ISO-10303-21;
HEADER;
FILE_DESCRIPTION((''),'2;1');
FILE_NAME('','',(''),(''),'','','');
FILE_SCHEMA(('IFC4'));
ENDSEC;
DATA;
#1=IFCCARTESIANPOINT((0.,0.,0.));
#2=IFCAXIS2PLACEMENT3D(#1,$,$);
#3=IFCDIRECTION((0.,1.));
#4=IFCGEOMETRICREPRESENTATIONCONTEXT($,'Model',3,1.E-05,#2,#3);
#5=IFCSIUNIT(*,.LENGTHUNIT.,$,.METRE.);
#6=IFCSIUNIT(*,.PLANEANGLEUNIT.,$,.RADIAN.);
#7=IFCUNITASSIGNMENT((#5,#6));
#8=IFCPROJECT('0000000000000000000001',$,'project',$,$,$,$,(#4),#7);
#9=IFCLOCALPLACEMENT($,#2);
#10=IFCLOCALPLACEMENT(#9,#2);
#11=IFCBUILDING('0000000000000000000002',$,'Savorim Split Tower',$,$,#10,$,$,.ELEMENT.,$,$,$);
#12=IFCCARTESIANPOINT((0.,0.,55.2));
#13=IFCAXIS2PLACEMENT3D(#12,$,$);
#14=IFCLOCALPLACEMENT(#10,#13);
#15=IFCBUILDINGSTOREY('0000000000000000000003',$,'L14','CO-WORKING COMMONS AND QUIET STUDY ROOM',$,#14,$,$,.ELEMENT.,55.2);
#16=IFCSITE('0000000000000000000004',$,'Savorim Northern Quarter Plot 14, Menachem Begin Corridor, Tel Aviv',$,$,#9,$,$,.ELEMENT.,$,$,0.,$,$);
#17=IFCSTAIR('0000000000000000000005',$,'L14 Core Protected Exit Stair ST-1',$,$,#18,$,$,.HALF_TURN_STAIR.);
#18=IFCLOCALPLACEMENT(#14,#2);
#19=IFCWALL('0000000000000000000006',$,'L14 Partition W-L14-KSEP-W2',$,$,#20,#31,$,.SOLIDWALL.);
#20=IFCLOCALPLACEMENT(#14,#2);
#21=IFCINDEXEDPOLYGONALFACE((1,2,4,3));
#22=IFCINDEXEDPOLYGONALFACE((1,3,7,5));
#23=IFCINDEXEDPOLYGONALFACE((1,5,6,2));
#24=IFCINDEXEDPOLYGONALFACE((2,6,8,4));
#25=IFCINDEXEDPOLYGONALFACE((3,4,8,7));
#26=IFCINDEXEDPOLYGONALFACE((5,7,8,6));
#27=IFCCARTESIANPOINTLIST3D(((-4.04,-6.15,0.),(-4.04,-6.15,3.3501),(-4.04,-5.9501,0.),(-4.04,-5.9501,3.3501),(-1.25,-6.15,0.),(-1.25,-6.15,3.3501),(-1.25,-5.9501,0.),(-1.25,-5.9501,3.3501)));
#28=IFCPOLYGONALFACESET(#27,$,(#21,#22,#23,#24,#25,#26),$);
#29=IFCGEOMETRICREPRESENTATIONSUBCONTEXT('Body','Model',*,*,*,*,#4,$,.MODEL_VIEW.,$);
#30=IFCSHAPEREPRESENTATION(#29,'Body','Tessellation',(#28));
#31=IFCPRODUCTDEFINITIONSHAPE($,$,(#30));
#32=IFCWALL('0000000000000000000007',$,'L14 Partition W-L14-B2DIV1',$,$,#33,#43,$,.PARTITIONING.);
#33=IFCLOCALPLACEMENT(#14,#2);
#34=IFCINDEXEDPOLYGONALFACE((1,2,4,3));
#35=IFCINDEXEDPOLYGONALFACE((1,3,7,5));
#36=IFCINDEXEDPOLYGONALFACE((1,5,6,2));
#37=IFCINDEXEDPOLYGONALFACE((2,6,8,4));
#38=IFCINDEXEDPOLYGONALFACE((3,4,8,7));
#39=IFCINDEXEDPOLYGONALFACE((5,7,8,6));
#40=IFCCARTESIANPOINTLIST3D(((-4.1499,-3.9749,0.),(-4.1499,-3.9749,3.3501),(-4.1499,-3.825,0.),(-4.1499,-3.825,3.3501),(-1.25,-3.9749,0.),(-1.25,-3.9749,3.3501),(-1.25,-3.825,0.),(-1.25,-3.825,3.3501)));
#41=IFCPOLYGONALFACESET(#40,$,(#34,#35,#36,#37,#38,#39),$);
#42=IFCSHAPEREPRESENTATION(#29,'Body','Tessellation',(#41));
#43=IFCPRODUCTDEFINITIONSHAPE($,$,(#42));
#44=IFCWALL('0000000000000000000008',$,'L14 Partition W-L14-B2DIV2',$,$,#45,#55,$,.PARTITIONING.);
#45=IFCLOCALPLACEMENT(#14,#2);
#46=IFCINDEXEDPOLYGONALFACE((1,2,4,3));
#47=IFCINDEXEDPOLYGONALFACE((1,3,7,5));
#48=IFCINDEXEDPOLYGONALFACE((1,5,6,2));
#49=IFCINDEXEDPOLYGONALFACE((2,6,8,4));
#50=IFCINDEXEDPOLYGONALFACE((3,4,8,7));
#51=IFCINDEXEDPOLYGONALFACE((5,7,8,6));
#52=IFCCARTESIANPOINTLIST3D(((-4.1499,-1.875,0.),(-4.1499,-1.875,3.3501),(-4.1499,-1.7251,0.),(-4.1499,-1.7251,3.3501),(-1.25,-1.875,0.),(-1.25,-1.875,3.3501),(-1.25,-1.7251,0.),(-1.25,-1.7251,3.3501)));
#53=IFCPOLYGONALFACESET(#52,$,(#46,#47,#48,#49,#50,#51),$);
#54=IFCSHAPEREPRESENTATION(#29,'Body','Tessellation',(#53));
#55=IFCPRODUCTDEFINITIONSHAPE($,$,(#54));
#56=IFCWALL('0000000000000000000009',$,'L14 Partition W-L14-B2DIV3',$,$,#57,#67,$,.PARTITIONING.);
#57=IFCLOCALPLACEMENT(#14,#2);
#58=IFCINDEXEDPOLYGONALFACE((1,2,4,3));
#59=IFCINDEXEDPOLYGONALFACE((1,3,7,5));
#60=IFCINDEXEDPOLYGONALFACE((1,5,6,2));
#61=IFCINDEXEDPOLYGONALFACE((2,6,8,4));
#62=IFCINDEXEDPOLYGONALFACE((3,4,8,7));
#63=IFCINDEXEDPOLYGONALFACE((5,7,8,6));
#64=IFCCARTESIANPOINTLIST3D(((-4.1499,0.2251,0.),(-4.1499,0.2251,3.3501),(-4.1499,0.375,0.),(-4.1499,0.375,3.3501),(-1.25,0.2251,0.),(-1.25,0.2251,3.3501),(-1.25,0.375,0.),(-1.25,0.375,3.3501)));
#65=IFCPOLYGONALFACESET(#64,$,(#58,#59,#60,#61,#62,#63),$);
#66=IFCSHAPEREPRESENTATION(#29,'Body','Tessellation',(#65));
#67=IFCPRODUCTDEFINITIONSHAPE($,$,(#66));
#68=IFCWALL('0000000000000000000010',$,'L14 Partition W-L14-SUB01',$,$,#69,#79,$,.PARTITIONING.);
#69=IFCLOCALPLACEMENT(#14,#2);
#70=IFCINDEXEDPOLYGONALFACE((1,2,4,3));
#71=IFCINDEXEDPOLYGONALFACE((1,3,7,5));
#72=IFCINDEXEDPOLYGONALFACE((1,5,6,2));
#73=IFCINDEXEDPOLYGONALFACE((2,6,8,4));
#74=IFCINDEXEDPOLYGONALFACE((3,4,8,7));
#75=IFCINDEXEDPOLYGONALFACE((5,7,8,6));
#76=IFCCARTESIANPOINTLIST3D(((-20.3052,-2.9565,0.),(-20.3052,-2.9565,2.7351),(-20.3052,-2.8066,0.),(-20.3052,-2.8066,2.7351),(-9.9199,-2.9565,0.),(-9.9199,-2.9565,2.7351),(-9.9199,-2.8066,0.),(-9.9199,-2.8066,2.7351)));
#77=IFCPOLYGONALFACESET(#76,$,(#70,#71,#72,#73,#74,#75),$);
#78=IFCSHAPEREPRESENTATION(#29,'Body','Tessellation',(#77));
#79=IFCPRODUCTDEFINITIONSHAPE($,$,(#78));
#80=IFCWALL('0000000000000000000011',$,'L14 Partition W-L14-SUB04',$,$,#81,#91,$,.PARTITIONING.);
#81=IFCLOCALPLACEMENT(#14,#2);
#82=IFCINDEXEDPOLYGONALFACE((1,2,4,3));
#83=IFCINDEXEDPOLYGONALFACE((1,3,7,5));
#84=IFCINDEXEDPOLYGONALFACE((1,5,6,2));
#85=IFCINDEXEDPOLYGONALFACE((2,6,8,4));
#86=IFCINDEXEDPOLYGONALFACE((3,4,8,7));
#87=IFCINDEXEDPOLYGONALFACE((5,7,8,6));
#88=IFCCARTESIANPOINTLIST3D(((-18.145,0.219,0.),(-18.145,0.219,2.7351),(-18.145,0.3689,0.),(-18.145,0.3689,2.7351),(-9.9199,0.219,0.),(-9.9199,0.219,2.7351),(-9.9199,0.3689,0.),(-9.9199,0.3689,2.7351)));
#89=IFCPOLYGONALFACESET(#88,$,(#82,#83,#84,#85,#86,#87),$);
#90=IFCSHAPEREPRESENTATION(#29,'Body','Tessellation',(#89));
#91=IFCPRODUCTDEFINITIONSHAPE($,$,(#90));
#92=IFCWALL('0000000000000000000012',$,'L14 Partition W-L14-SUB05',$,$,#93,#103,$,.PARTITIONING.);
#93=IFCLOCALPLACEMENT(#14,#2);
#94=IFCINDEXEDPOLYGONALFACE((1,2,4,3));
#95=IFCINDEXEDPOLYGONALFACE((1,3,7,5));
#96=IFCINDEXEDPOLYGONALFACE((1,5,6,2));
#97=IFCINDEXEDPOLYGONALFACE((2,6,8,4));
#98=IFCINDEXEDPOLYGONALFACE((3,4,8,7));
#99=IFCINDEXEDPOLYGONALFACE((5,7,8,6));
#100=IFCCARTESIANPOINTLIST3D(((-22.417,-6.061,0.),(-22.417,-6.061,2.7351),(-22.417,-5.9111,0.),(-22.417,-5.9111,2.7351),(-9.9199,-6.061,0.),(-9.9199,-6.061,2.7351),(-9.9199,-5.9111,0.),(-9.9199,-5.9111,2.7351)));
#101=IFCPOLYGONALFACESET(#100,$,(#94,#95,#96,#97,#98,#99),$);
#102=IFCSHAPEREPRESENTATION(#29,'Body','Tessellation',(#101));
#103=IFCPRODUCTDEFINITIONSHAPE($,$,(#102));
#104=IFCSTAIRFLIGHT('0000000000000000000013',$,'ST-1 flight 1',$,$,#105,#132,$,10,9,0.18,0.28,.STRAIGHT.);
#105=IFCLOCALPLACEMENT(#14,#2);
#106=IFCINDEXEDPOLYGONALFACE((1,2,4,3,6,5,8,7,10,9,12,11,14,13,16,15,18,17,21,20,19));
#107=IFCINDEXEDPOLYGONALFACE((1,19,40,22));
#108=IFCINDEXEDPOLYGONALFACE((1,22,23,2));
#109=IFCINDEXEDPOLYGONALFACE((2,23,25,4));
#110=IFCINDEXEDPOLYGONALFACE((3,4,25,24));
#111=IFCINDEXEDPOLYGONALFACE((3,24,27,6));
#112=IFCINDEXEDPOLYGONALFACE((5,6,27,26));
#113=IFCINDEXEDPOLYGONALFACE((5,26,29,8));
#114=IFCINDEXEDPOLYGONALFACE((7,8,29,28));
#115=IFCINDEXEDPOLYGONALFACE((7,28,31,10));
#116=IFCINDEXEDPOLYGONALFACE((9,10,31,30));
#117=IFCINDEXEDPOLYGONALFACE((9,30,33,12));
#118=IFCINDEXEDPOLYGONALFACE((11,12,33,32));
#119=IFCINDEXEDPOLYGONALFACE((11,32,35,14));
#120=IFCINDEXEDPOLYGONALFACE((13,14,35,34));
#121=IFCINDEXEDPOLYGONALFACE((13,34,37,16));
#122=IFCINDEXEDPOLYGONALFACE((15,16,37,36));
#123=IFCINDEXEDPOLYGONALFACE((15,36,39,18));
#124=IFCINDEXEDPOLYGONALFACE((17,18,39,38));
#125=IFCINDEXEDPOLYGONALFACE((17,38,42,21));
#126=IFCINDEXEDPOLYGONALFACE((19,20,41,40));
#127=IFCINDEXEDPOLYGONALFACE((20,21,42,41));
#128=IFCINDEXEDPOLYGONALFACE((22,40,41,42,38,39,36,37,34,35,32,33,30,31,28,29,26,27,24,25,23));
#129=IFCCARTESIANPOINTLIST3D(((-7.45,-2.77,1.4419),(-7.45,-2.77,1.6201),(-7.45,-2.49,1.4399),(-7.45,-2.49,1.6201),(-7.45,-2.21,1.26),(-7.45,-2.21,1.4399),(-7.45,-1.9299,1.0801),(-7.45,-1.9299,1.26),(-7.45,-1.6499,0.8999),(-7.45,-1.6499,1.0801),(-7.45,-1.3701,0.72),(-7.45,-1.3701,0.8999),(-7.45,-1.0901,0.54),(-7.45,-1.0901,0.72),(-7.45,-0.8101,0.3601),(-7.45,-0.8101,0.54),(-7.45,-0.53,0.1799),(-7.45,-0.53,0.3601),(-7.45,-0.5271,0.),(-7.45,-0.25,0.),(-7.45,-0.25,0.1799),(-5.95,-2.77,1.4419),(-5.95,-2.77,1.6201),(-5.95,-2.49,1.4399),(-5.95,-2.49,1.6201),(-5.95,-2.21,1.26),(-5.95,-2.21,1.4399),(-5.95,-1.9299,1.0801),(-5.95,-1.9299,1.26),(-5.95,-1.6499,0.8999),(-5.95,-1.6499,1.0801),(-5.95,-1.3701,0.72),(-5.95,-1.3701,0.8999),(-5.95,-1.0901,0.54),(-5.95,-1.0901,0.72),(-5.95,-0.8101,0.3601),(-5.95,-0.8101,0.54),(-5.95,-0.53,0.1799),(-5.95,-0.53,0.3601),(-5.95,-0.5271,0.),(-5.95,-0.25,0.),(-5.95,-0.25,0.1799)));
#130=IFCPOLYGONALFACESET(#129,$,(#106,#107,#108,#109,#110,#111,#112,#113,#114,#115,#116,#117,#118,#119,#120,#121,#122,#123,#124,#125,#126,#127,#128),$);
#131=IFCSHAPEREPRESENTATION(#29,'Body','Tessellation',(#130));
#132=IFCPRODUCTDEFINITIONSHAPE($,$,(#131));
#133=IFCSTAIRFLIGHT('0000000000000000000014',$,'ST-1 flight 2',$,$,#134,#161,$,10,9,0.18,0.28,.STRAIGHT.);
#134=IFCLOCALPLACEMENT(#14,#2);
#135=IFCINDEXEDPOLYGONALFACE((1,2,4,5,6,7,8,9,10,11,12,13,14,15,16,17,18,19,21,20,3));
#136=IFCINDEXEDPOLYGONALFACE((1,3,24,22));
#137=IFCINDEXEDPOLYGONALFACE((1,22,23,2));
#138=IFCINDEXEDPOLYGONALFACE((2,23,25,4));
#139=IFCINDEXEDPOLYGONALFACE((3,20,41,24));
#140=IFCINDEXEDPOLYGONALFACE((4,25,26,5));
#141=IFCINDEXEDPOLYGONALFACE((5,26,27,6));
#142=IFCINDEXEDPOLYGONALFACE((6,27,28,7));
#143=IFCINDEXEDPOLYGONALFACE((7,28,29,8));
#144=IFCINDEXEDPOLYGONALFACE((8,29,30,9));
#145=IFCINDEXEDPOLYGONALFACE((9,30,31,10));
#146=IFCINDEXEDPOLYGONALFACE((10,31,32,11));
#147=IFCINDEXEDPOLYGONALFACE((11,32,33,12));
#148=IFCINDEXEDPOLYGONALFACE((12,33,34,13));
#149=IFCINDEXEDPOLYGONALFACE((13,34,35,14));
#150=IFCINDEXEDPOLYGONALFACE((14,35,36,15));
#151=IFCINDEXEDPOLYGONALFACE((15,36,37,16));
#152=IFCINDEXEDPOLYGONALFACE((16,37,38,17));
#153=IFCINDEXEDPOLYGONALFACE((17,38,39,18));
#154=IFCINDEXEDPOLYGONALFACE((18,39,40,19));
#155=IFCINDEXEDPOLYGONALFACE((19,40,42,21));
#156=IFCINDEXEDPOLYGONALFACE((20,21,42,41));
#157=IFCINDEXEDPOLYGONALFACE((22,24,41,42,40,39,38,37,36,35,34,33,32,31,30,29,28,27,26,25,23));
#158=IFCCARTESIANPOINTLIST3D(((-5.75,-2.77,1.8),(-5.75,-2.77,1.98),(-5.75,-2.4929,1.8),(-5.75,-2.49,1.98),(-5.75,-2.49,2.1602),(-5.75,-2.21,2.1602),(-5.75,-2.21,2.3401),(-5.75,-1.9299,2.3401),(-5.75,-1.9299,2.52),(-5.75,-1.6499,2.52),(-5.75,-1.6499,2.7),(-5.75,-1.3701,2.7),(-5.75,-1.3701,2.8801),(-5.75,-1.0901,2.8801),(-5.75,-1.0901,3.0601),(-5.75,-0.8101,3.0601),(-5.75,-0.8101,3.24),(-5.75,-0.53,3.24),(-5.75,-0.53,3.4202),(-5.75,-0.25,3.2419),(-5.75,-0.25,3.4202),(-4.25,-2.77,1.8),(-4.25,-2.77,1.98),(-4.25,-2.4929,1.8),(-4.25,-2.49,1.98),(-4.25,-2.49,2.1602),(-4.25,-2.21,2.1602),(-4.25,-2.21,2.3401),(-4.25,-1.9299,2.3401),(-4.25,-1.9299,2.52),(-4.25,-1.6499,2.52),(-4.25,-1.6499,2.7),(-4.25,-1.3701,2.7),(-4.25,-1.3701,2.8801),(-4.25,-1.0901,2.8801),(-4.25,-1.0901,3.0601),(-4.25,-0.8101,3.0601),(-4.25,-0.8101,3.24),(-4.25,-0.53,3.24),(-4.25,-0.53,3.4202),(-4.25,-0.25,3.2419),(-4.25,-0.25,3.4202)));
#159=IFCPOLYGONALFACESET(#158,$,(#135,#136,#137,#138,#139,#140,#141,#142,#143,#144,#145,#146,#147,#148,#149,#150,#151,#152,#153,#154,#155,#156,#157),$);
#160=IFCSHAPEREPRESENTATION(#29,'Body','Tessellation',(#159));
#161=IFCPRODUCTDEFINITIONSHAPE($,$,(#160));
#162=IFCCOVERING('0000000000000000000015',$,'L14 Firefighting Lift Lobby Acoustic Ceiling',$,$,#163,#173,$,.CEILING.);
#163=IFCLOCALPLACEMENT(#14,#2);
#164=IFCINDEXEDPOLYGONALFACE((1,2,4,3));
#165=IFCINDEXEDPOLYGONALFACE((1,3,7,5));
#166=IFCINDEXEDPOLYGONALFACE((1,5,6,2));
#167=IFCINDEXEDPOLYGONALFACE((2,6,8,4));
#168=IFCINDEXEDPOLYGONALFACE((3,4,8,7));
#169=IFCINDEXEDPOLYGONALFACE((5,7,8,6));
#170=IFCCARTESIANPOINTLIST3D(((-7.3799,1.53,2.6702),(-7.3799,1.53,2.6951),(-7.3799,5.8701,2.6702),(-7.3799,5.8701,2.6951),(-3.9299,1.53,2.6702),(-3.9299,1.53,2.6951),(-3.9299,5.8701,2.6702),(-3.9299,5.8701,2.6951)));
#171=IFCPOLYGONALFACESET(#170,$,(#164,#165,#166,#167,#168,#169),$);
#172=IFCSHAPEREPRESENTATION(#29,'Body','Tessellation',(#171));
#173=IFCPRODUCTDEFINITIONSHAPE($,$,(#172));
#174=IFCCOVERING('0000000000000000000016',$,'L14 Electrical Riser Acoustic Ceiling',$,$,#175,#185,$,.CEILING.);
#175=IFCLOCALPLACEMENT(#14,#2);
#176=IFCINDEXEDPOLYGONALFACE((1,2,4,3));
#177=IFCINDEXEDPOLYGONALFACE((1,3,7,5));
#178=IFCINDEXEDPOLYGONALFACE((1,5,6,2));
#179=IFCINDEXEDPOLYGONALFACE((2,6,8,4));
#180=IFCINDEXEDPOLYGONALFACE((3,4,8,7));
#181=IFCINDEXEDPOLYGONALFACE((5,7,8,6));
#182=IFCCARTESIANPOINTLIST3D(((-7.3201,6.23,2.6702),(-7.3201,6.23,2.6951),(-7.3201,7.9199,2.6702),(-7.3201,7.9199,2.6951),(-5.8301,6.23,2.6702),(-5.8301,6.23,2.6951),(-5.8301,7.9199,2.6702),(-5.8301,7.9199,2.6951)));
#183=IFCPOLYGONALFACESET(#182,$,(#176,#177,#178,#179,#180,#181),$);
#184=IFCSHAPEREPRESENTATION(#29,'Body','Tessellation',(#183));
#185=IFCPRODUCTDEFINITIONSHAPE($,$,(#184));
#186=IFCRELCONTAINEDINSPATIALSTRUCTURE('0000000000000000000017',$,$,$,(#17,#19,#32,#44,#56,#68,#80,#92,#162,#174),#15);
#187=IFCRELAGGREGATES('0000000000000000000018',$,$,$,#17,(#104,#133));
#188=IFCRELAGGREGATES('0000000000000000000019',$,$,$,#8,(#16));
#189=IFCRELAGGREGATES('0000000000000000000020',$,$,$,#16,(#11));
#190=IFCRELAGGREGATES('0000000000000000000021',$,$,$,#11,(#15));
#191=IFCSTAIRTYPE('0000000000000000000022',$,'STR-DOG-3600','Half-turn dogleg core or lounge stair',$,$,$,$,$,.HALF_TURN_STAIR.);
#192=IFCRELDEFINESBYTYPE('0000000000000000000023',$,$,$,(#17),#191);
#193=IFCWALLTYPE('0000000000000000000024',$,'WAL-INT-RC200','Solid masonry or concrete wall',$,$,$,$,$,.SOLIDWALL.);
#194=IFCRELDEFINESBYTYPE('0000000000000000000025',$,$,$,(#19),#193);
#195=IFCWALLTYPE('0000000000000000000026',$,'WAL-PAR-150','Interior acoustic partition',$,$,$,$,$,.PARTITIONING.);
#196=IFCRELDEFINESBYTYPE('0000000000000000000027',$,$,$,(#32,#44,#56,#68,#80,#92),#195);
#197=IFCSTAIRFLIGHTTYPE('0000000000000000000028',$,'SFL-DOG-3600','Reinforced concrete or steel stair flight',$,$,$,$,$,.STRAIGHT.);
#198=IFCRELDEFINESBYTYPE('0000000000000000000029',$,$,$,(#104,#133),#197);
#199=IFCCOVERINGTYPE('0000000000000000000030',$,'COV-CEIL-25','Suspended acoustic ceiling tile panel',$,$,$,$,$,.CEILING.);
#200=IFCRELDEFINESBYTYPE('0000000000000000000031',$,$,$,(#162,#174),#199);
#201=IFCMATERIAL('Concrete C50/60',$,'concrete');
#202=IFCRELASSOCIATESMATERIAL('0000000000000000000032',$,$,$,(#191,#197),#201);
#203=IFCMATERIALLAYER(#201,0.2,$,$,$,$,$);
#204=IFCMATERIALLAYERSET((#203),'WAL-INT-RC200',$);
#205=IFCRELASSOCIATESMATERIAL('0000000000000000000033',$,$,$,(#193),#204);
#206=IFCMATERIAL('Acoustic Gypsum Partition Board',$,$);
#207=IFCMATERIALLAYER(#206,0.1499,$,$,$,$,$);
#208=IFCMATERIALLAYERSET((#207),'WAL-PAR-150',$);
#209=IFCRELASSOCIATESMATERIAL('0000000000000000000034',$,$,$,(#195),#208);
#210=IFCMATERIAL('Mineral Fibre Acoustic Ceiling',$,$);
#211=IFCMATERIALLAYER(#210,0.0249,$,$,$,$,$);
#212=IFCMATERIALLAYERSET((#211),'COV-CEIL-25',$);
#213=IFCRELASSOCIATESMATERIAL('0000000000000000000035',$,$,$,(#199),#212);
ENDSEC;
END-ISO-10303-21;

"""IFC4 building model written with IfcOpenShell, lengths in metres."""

from ifc_helpers import new_model, si_unit, direction, frame, frame_2d, origin, place, context, subcontext, project, spatial, polyline, rectangle, outline, extrude, material, layer, layer_set, type_object, element, aggregate, save


model = new_model("IFC4")

# Units and contexts
model_context = context("Model", 3, precision=1e-05, world=origin(), true_north=direction((0.0, 1.0)))
body_context = subcontext(model_context, "Body", "Model", "MODEL_VIEW")
ifc_project = project(units=[si_unit("LENGTHUNIT", "METRE"), si_unit("PLANEANGLEUNIT", "RADIAN")], contexts=[model_context])

# Site, building, storey
site_placement = place(None, origin())
site = spatial("IfcSite", under=ifc_project, at=site_placement, Name="Savorim Northern Quarter Plot 14, Menachem Begin Corridor, Tel Aviv", CompositionType="ELEMENT", RefElevation=0.0)
building_placement = place(site_placement, origin())
building = spatial("IfcBuilding", under=site, at=building_placement, Name="Savorim Split Tower", CompositionType="ELEMENT")
storey_placement = place(building_placement, frame((0.0, 0.0, 55.2)))
storey = spatial("IfcBuildingStorey", under=building, at=storey_placement, Name="L14", Description="CO-WORKING COMMONS AND QUIET STUDY ROOM", CompositionType="ELEMENT", Elevation=55.2)

# Shared definitions
ifc_material_1 = material(Name="Concrete C50/60", Category="concrete")

# Stair
stair_type = type_object("IfcStairType", Name="STR-DOG-3600", Description="Half-turn dogleg core or lounge stair", PredefinedType="HALF_TURN_STAIR", material=ifc_material_1)
stair_1_placement = place(storey_placement, origin())
stair_1 = element("IfcStair", 1, at=stair_1_placement, inside=storey, type_object=stair_type, Name="L14 Core Protected Exit Stair ST-1", PredefinedType="HALF_TURN_STAIR")

# Shared definitions
ifc_layer_1 = layer(ifc_material_1, 0.2)
ifc_layer_set_1 = layer_set([ifc_layer_1], Name="WAL-INT-RC200")
wall_type_1 = type_object("IfcWallType", Name="WAL-INT-RC200", Description="Solid masonry or concrete wall", PredefinedType="SOLIDWALL", material=ifc_layer_set_1)

# Walls
wall_1_placement = place(storey_placement, frame((-4.04, -6.05, 0.0), z_axis=(0.0, 0.0, 1.0), x_axis=(1.0, 0.0, 0.0)))
element("IfcWall", 2, at=wall_1_placement, inside=storey, type_object=wall_type_1, Name="L14 Partition W-L14-KSEP-W2", PredefinedType="SOLIDWALL", context=body_context, shape_type="SweptSolid", body=[
    extrude(rectangle(XDim=2.79, YDim=0.2, at=frame_2d((1.395, 0.0))), origin(), (0.0, 0.0, 1.0), 3.3501),
])
ifc_material_2 = material(Name="Acoustic Gypsum Partition Board")
ifc_layer_2 = layer(ifc_material_2, 0.1499)
ifc_layer_set_2 = layer_set([ifc_layer_2], Name="WAL-PAR-150")
wall_type_2 = type_object("IfcWallType", Name="WAL-PAR-150", Description="Interior acoustic partition", PredefinedType="PARTITIONING", material=ifc_layer_set_2)
for number, where, z_axis, x_axis, name in (
    (3, (-4.1499, -3.8999, 0.0), (0.0, 0.0, 1.0), (1.0, 0.0, 0.0), "L14 Partition W-L14-B2DIV1"),
    (4, (-4.1499, -1.8, 0.0), (0.0, 0.0, 1.0), (1.0, 0.0, 0.0), "L14 Partition W-L14-B2DIV2"),
    (5, (-4.1499, 0.3, 0.0), (0.0, 0.0, 1.0), (1.0, 0.0, 0.0), "L14 Partition W-L14-B2DIV3"),
):
    element("IfcWall", number, at=place(storey_placement, frame(where, z_axis=z_axis, x_axis=x_axis)), inside=storey, type_object=wall_type_2, Name=name, PredefinedType="PARTITIONING", context=body_context, shape_type="SweptSolid", body=[
        extrude(rectangle(XDim=2.8999, YDim=0.1499, at=frame_2d((1.45, 0.0))), origin(), (0.0, 0.0, 1.0), 3.3501),
    ])
wall_2_placement = place(storey_placement, frame((-9.9199, -2.8816, 0.0), z_axis=(0.0, 0.0, 1.0), x_axis=(-1.0, 0.0, 0.0)))
element("IfcWall", 6, at=wall_2_placement, inside=storey, type_object=wall_type_2, Name="L14 Partition W-L14-SUB01", PredefinedType="PARTITIONING", context=body_context, shape_type="SweptSolid", body=[
    extrude(rectangle(XDim=10.3853, YDim=0.1499, at=frame_2d((5.1926, 0.0))), origin(), (0.0, 0.0, 1.0), 2.7351),
])
wall_3_placement = place(storey_placement, frame((-9.9199, 0.2939, 0.0), z_axis=(0.0, 0.0, 1.0), x_axis=(-1.0, 0.0, 0.0)))
element("IfcWall", 7, at=wall_3_placement, inside=storey, type_object=wall_type_2, Name="L14 Partition W-L14-SUB04", PredefinedType="PARTITIONING", context=body_context, shape_type="SweptSolid", body=[
    extrude(rectangle(XDim=8.2251, YDim=0.1499, at=frame_2d((4.1125, 0.0))), origin(), (0.0, 0.0, 1.0), 2.7351),
])
wall_4_placement = place(storey_placement, frame((-9.9199, -5.9861, 0.0), z_axis=(0.0, 0.0, 1.0), x_axis=(-1.0, 0.0, 0.0)))
element("IfcWall", 8, at=wall_4_placement, inside=storey, type_object=wall_type_2, Name="L14 Partition W-L14-SUB05", PredefinedType="PARTITIONING", context=body_context, shape_type="SweptSolid", body=[
    extrude(rectangle(XDim=12.4971, YDim=0.1499, at=frame_2d((6.2485, 0.0))), origin(), (0.0, 0.0, 1.0), 2.7351),
])

# Stair flights
stair_flight_type = type_object("IfcStairFlightType", Name="SFL-DOG-3600", Description="Reinforced concrete or steel stair flight", PredefinedType="STRAIGHT", material=ifc_material_1)
stair_flight_1_placement = place(storey_placement, frame((-6.7, -0.25, 0.0), z_axis=(0.0, 0.0, 1.0), x_axis=(0.0, -1.0, 0.0)))
stair_flight_1 = element("IfcStairFlight", 9, at=stair_flight_1_placement, type_object=stair_flight_type, Name="ST-1 flight 1", NumberOfRisers=10, NumberOfTreads=9, PredefinedType="STRAIGHT", RiserHeight=0.18, TreadLength=0.28, context=body_context, shape_type="SweptSolid", body=[
    extrude(outline(polyline([(0.0, 0.0), (0.0, 0.1799), (0.28, 0.1799), (0.28, 0.3601), (0.5601, 0.3601), (0.5601, 0.54), (0.8401, 0.54), (0.8401, 0.72), (1.1201, 0.72), (1.1201, 0.8999), (1.3999, 0.8999), (1.3999, 1.0801), (1.6799, 1.0801), (1.6799, 1.26), (1.96, 1.26), (1.96, 1.4399), (2.24, 1.4399), (2.24, 1.6201), (2.52, 1.6201), (2.52, 1.8), (2.52, 1.4419), (0.2771, 0.0), (0.0, 0.0)])), frame((0.0, 0.75, 0.0), z_axis=(0.0, -1.0, 0.0), x_axis=(1.0, 0.0, 0.0)), (0.0, 0.0, 1.0), 1.5),
])
stair_flight_2_placement = place(storey_placement, frame((-5.0, -2.77, 1.8), z_axis=(0.0, 0.0, 1.0), x_axis=(0.0, 1.0, 0.0)))
stair_flight_2 = element("IfcStairFlight", 10, at=stair_flight_2_placement, type_object=stair_flight_type, Name="ST-1 flight 2", NumberOfRisers=10, NumberOfTreads=9, PredefinedType="STRAIGHT", RiserHeight=0.18, TreadLength=0.28, context=body_context, shape_type="SweptSolid", body=[
    extrude(outline(polyline([(0.0, 0.0), (0.0, 0.1799), (0.28, 0.1799), (0.28, 0.3601), (0.5601, 0.3601), (0.5601, 0.54), (0.8401, 0.54), (0.8401, 0.72), (1.1201, 0.72), (1.1201, 0.8999), (1.3999, 0.8999), (1.3999, 1.0801), (1.6799, 1.0801), (1.6799, 1.26), (1.96, 1.26), (1.96, 1.4399), (2.24, 1.4399), (2.24, 1.6201), (2.52, 1.6201), (2.52, 1.8), (2.52, 1.4419), (0.2771, 0.0), (0.0, 0.0)])), frame((0.0, 0.75, 0.0), z_axis=(0.0, -1.0, 0.0), x_axis=(1.0, 0.0, 0.0)), (0.0, 0.0, 1.0), 1.5),
])
aggregate(stair_1, [stair_flight_1, stair_flight_2])

# Coverings
ifc_material_3 = material(Name="Mineral Fibre Acoustic Ceiling")
ifc_layer_3 = layer(ifc_material_3, 0.0249)
ifc_layer_set_3 = layer_set([ifc_layer_3], Name="COV-CEIL-25")
covering_type_1 = type_object("IfcCoveringType", Name="COV-CEIL-25", Description="Suspended acoustic ceiling tile panel", PredefinedType="CEILING", material=ifc_layer_set_3)
covering_1_placement = place(storey_placement, frame((0.0, 0.0, 2.6702)))
element("IfcCovering", 11, at=covering_1_placement, inside=storey, type_object=covering_type_1, Name="L14 Firefighting Lift Lobby Acoustic Ceiling", PredefinedType="CEILING", context=body_context, shape_type="SweptSolid", body=[
    extrude(outline(polyline([(-7.3799, 5.8701), (-7.3799, 1.53), (-3.9299, 1.53), (-3.9299, 5.8701), (-7.3799, 5.8701)])), origin(), (0.0, 0.0, 1.0), 0.0249),
])
covering_2_placement = place(storey_placement, frame((0.0, 0.0, 2.6702)))
element("IfcCovering", 12, at=covering_2_placement, inside=storey, type_object=covering_type_1, Name="L14 Electrical Riser Acoustic Ceiling", PredefinedType="CEILING", context=body_context, shape_type="SweptSolid", body=[
    extrude(outline(polyline([(-7.3201, 7.9199), (-7.3201, 6.23), (-5.8301, 6.23), (-5.8301, 7.9199), (-7.3201, 7.9199)])), origin(), (0.0, 0.0, 1.0), 0.0249),
])

save(model, "model.ifc")
